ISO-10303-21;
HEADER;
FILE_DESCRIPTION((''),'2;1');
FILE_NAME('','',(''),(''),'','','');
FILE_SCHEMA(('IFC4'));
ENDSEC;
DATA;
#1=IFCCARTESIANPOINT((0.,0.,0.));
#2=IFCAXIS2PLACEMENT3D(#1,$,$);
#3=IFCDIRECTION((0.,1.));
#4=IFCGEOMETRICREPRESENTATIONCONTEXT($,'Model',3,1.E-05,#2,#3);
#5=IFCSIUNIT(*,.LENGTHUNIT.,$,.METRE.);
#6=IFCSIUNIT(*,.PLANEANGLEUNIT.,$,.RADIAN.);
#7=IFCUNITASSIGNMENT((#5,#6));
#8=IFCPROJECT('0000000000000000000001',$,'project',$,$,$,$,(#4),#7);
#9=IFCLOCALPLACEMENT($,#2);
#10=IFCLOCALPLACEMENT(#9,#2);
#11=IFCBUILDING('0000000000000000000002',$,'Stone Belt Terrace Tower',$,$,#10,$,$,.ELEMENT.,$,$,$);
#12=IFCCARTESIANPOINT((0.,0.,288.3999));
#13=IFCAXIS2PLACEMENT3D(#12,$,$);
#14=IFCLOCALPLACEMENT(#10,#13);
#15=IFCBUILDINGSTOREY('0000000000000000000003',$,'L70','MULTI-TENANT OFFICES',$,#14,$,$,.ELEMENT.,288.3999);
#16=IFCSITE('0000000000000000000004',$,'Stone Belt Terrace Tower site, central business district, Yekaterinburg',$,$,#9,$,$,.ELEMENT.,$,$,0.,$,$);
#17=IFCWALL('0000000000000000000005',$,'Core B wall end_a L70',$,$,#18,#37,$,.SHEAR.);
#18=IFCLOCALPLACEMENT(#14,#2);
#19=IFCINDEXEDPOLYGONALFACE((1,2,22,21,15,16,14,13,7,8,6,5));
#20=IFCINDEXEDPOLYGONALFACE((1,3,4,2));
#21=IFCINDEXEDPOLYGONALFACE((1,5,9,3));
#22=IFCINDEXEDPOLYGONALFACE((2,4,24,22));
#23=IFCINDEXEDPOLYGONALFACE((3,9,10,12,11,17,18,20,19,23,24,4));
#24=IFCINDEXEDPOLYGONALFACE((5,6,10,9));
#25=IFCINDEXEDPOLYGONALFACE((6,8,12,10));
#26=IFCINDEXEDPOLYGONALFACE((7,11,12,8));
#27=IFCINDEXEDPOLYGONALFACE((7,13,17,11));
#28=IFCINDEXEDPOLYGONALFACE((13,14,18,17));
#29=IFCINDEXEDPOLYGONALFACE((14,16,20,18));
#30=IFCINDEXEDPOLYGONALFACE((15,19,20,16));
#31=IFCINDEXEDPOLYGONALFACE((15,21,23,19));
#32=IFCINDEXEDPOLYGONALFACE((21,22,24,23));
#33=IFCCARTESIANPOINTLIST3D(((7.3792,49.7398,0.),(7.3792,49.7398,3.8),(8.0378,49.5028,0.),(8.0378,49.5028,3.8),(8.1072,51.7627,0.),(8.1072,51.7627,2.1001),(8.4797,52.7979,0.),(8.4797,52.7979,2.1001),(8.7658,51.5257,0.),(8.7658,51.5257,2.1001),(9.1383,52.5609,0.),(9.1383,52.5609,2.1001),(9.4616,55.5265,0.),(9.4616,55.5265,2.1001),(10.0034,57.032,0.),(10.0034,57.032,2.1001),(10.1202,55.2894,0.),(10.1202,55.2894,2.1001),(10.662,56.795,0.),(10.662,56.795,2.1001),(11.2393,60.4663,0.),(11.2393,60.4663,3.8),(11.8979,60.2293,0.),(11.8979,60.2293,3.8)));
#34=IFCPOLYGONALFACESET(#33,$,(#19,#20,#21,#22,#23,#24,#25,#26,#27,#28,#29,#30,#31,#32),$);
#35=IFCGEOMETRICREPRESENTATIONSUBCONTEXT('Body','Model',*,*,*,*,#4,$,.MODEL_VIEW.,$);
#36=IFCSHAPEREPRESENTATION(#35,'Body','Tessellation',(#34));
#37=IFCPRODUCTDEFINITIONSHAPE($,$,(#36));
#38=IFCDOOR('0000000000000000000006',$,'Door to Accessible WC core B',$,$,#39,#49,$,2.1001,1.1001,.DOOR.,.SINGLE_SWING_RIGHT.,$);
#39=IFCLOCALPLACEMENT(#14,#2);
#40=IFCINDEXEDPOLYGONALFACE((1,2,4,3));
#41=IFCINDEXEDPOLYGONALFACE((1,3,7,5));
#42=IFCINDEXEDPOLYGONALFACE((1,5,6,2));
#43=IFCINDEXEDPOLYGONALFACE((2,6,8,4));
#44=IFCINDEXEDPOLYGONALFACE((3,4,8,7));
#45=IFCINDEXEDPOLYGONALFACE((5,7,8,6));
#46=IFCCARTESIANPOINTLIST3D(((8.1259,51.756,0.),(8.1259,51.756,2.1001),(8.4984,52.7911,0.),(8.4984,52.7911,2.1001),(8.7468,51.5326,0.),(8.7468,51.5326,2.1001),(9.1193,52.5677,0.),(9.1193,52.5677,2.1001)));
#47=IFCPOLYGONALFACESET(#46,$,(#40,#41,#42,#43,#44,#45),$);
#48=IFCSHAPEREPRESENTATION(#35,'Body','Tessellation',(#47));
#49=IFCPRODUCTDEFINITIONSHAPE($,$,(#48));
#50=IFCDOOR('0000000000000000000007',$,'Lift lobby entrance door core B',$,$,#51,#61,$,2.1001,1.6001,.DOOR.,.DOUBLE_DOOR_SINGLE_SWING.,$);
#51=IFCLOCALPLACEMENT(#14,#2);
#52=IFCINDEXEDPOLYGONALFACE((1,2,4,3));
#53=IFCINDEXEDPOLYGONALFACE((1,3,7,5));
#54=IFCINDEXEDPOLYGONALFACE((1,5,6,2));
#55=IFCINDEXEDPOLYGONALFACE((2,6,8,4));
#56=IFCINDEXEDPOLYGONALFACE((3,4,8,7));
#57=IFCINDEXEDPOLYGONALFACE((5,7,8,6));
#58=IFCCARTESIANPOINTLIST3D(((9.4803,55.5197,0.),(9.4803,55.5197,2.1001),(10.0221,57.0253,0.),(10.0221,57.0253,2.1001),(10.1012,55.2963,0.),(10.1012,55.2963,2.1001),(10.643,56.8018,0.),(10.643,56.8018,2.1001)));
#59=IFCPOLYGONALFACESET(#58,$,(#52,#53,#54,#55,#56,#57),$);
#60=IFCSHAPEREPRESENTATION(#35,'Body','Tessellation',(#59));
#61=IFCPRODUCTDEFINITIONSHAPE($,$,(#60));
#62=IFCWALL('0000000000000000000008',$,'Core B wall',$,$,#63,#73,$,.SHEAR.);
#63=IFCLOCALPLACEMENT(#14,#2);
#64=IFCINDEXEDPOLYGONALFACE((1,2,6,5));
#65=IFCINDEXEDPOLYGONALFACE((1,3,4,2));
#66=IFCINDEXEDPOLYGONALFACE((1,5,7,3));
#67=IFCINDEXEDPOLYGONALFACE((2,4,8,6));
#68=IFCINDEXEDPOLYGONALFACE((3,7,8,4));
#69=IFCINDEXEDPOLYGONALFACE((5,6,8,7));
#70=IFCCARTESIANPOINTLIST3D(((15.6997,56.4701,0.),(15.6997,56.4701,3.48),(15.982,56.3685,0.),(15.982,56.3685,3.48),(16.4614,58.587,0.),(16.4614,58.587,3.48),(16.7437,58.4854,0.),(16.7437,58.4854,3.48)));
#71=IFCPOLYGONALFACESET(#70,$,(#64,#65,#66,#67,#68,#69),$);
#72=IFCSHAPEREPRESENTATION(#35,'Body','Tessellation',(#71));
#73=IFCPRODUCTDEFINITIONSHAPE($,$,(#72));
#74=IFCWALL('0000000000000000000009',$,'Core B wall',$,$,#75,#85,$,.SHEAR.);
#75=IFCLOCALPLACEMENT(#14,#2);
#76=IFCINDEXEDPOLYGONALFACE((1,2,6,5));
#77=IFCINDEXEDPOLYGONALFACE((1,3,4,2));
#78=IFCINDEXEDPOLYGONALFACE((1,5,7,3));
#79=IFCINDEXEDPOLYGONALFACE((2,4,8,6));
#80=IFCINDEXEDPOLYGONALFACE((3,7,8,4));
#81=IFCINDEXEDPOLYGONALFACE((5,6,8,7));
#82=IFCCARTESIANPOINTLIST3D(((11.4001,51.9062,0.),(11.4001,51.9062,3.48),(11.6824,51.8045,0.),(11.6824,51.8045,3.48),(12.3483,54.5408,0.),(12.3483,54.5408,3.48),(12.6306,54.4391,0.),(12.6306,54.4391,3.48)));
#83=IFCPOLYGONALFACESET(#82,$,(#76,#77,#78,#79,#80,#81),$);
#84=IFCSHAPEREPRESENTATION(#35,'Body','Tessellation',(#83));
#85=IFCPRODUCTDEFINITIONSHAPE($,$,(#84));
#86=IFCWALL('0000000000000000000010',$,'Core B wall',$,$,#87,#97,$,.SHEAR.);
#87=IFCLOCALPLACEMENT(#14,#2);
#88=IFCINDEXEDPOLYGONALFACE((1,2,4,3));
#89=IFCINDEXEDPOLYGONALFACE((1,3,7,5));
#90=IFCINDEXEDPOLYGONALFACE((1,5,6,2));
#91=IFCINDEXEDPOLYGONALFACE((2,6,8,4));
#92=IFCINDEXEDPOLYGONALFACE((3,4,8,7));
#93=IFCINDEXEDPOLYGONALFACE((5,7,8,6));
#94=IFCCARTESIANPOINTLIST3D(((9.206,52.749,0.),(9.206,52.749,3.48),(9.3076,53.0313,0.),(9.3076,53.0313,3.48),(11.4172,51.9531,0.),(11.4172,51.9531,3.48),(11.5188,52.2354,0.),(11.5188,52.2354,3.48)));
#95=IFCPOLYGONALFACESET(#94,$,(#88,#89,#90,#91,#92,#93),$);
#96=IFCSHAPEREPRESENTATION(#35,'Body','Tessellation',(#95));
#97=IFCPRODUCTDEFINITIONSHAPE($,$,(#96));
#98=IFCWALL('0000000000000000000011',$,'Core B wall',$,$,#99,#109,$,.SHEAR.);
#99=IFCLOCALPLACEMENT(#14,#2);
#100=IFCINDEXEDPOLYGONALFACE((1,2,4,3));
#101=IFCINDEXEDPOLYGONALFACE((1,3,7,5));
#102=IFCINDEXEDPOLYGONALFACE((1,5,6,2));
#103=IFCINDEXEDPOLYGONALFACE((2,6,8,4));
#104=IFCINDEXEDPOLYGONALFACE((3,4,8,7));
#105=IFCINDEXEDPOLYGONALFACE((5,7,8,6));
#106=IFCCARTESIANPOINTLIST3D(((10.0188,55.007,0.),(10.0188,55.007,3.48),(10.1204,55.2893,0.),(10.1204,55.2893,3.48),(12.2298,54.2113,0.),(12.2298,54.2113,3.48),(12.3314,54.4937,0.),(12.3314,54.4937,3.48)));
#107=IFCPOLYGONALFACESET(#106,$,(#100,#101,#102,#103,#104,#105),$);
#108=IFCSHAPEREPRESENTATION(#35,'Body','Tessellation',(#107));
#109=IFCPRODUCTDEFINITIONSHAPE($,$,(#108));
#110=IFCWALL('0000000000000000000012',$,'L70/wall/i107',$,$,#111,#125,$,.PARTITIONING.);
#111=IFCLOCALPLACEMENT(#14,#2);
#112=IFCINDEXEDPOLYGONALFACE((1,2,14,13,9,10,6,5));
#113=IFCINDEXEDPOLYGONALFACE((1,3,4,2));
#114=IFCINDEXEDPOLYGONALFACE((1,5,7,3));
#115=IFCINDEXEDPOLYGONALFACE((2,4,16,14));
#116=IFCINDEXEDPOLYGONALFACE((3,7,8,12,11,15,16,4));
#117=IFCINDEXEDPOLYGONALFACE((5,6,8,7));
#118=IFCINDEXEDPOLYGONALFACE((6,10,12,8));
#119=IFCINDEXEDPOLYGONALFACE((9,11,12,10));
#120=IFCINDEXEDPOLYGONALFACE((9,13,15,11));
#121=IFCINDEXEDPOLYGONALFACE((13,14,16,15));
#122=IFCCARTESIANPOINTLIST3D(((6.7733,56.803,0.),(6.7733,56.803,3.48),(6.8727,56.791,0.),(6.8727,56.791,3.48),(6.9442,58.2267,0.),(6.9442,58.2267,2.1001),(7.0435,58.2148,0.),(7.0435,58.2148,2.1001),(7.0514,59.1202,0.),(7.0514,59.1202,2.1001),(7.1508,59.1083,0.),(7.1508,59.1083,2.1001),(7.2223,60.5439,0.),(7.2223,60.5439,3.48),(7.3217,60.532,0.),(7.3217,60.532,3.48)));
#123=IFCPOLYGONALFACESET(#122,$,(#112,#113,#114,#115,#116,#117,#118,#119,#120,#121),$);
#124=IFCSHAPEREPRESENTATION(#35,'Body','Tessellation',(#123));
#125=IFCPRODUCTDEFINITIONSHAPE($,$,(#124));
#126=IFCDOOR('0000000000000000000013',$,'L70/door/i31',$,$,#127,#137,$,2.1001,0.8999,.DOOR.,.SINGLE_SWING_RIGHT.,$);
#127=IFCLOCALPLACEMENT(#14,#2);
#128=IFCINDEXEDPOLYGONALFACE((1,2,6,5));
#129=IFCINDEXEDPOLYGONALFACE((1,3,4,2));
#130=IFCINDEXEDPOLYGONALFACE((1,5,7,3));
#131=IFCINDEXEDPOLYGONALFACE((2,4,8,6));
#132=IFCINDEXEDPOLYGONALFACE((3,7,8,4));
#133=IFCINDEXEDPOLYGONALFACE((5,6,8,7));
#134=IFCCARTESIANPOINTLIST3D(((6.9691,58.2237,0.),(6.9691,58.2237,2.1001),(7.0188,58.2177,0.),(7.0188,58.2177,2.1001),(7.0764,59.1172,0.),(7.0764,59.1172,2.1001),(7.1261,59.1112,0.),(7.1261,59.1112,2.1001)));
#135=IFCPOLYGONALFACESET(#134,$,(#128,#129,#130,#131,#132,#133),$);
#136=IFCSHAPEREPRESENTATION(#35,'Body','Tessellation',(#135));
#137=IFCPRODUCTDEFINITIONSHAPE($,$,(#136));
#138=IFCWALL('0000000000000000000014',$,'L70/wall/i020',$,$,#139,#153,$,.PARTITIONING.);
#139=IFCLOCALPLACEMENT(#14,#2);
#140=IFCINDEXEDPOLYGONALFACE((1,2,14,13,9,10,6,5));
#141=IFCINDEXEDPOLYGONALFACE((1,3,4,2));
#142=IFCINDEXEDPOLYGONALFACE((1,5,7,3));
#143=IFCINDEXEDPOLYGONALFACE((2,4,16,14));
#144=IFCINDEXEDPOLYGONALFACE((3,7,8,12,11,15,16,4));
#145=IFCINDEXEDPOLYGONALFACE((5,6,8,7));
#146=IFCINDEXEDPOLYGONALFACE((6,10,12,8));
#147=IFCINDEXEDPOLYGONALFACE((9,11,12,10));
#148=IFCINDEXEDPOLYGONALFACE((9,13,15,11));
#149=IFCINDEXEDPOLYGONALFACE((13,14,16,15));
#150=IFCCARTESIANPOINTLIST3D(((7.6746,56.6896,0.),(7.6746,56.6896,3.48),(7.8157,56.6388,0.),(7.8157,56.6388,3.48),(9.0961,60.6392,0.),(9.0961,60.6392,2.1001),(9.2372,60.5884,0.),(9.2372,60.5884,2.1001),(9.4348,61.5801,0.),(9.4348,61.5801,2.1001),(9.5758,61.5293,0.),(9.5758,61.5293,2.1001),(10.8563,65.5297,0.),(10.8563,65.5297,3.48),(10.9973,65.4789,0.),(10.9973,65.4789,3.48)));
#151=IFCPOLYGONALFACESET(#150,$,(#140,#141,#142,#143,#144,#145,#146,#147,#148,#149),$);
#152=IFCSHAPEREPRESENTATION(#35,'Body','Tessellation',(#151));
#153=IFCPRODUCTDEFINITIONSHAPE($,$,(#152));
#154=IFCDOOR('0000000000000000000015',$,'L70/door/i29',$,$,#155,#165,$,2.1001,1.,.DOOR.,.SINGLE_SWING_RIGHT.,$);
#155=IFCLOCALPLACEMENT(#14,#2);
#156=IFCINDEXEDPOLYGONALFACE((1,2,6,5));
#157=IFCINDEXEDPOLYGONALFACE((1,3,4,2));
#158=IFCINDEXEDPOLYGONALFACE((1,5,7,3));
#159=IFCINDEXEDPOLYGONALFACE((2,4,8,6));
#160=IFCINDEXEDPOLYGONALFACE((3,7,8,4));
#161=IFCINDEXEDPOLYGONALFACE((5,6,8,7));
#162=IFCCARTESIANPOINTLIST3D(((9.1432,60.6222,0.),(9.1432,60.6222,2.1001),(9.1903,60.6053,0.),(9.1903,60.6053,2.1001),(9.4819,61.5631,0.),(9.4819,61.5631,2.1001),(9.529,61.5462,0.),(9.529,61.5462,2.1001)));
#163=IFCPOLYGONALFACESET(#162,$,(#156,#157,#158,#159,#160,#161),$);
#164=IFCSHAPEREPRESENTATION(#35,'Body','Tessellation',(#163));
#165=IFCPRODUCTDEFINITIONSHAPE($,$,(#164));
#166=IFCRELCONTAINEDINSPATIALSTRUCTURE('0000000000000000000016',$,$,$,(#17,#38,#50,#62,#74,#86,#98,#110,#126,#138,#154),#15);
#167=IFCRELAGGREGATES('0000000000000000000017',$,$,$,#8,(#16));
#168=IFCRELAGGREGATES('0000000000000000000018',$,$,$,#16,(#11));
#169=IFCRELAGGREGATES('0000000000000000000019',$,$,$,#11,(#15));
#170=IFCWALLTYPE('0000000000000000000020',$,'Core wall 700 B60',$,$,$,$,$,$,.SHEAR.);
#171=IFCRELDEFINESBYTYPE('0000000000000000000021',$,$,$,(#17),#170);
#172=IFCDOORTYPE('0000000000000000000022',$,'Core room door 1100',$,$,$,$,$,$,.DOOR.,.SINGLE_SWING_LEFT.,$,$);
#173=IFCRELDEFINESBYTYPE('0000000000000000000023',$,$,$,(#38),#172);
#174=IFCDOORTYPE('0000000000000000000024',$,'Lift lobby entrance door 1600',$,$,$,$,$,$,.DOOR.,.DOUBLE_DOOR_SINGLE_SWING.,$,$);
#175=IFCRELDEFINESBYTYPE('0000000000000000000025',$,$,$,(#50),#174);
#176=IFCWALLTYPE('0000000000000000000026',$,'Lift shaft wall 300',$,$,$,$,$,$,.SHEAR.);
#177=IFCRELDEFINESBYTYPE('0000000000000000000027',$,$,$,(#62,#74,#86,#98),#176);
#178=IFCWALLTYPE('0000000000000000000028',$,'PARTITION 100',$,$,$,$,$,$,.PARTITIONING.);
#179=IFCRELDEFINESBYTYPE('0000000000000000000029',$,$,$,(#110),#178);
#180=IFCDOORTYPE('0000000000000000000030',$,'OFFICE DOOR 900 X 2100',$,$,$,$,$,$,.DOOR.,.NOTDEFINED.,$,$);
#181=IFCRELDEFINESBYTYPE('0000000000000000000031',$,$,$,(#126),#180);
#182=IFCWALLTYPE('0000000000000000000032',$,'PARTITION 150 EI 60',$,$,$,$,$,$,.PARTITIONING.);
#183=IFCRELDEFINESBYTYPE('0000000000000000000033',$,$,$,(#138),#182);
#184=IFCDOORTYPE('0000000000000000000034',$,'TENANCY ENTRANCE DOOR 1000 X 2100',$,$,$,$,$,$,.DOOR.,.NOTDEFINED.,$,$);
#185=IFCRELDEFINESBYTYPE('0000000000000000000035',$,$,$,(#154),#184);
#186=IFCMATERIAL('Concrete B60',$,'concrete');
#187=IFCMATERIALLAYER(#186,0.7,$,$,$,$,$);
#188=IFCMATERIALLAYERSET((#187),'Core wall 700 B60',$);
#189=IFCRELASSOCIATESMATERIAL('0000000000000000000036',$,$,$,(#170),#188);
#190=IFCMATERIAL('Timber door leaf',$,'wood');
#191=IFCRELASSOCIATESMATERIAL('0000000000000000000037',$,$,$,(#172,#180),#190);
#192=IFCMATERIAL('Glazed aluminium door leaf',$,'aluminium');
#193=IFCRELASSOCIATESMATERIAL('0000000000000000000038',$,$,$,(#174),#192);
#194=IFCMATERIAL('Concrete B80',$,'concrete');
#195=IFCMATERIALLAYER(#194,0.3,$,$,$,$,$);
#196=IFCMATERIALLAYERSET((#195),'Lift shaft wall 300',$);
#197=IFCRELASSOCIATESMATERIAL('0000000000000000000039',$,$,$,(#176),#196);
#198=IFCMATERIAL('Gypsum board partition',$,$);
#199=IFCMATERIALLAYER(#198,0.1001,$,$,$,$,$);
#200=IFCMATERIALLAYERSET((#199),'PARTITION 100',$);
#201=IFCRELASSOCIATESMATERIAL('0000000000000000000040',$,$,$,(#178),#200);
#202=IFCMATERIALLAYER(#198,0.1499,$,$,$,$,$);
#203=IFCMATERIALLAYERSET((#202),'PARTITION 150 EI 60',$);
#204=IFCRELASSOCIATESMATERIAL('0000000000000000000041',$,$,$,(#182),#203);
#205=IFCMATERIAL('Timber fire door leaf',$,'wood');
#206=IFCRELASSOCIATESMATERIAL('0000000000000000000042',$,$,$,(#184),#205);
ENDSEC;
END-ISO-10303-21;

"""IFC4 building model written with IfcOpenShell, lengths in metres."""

from ifc_helpers import new_model, si_unit, direction, frame, frame_2d, origin, place, context, subcontext, project, spatial, rectangle, extrude, material, layer, layer_set, type_object, element, fill, save


model = new_model("IFC4")

# Units and contexts
model_context = context("Model", 3, precision=1e-05, world=origin(), true_north=direction((0.0, 1.0)))
body_context = subcontext(model_context, "Body", "Model", "MODEL_VIEW")
ifc_project = project(units=[si_unit("LENGTHUNIT", "METRE"), si_unit("PLANEANGLEUNIT", "RADIAN")], contexts=[model_context])

# Site, building, storey
site_placement = place(None, origin())
site = spatial("IfcSite", under=ifc_project, at=site_placement, Name="Stone Belt Terrace Tower site, central business district, Yekaterinburg", CompositionType="ELEMENT", RefElevation=0.0)
building_placement = place(site_placement, origin())
building = spatial("IfcBuilding", under=site, at=building_placement, Name="Stone Belt Terrace Tower", CompositionType="ELEMENT")
storey_placement = place(building_placement, frame((0.0, 0.0, 288.3999)))
storey = spatial("IfcBuildingStorey", under=building, at=storey_placement, Name="L70", Description="MULTI-TENANT OFFICES", CompositionType="ELEMENT", Elevation=288.3999)

# Shared definitions
ifc_material_1 = material(Name="Concrete B60", Category="concrete")

# Shared definitions
ifc_material_2 = material(Name="Timber door leaf", Category="wood")

# Wall, openings, doors
ifc_layer_1 = layer(ifc_material_1, 0.7)
ifc_layer_set_1 = layer_set([ifc_layer_1], Name="Core wall 700 B60")
wall_type_1 = type_object("IfcWallType", Name="Core wall 700 B60", PredefinedType="SHEAR", material=ifc_layer_set_1)
door_type_1 = type_object("IfcDoorType", Name="Core room door 1100", OperationType="SINGLE_SWING_LEFT", PredefinedType="DOOR", material=ifc_material_2)
wall_1_placement = place(storey_placement, frame((7.7085, 49.6213, 0.0), z_axis=(0.0, 0.0, 1.0), x_axis=(0.338606, 0.940928, 0.0)))
wall_1 = element("IfcWall", 1, at=wall_1_placement, inside=storey, type_object=wall_type_1, Name="Core B wall end_a L70", PredefinedType="SHEAR", context=body_context, shape_type="SweptSolid", body=[
    extrude(rectangle(XDim=11.3999, YDim=0.7, at=frame_2d((5.7, 0.0))), origin(), (0.0, 0.0, 1.0), 3.8),
])
opening_1_placement = place(wall_1_placement, frame((6.1499, 0.0, 0.0)))
opening_1 = element("IfcOpeningElement", 2, at=opening_1_placement, cuts=wall_1, PredefinedType="OPENING", context=body_context, shape_type="SweptSolid", body=[
    extrude(rectangle(XDim=1.6001, YDim=2.1001, at=frame_2d((0.8, 1.05))), frame((0.0, 0.3599, 0.0), z_axis=(0.0, -1.0, 0.0), x_axis=(1.0, 0.0, 0.0)), (0.0, 0.0, 1.0), 0.72),
])
opening_2_placement = place(wall_1_placement, frame((2.1499, 0.0, 0.0)))
opening_2 = element("IfcOpeningElement", 3, at=opening_2_placement, cuts=wall_1, PredefinedType="OPENING", context=body_context, shape_type="SweptSolid", body=[
    extrude(rectangle(XDim=1.1001, YDim=2.1001, at=frame_2d((0.55, 1.05))), frame((0.0, 0.3599, 0.0), z_axis=(0.0, -1.0, 0.0), x_axis=(1.0, 0.0, 0.0)), (0.0, 0.0, 1.0), 0.72),
])
door_1_placement = place(opening_2_placement, origin())
door_1 = element("IfcDoor", 4, at=door_1_placement, inside=storey, type_object=door_type_1, Name="Door to Accessible WC core B", OperationType="SINGLE_SWING_RIGHT", OverallHeight=2.1001, OverallWidth=1.1001, PredefinedType="DOOR", context=body_context, shape_type="SweptSolid", body=[
    extrude(rectangle(XDim=1.1001, YDim=2.1001, at=frame_2d((0.55, 1.05))), frame((0.0, 0.3301, 0.0), z_axis=(0.0, -1.0, 0.0), x_axis=(1.0, 0.0, 0.0)), (0.0, 0.0, 1.0), 0.6599),
])
fill(opening_2, door_1)
ifc_material_3 = material(Name="Glazed aluminium door leaf", Category="aluminium")
door_type_2 = type_object("IfcDoorType", Name="Lift lobby entrance door 1600", OperationType="DOUBLE_DOOR_SINGLE_SWING", PredefinedType="DOOR", material=ifc_material_3)
door_2_placement = place(opening_1_placement, origin())
door_2 = element("IfcDoor", 5, at=door_2_placement, inside=storey, type_object=door_type_2, Name="Lift lobby entrance door core B", OperationType="DOUBLE_DOOR_SINGLE_SWING", OverallHeight=2.1001, OverallWidth=1.6001, PredefinedType="DOOR", context=body_context, shape_type="SweptSolid", body=[
    extrude(rectangle(XDim=1.6001, YDim=2.1001, at=frame_2d((0.8, 1.05))), frame((0.0, 0.3301, 0.0), z_axis=(0.0, -1.0, 0.0), x_axis=(1.0, 0.0, 0.0)), (0.0, 0.0, 1.0), 0.6599),
])
fill(opening_1, door_2)

# Walls
ifc_material_4 = material(Name="Concrete B80", Category="concrete")
ifc_layer_2 = layer(ifc_material_4, 0.3)
ifc_layer_set_2 = layer_set([ifc_layer_2], Name="Lift shaft wall 300")
wall_type_2 = type_object("IfcWallType", Name="Lift shaft wall 300", PredefinedType="SHEAR", material=ifc_layer_set_2)
wall_2_placement = place(storey_placement, frame((15.8408, 56.4192, 0.0), z_axis=(0.0, 0.0, 1.0), x_axis=(0.33857, 0.940941, 0.0)))
element("IfcWall", 6, at=wall_2_placement, inside=storey, type_object=wall_type_2, Name="Core B wall", PredefinedType="SHEAR", context=body_context, shape_type="SweptSolid", body=[
    extrude(rectangle(XDim=2.2498, YDim=0.3, at=frame_2d((1.125, 0.0))), origin(), (0.0, 0.0, 1.0), 3.48),
])
wall_3_placement = place(storey_placement, frame((11.5413, 51.8555, 0.0), z_axis=(0.0, 0.0, 1.0), x_axis=(0.338661, 0.940909, 0.0)))
element("IfcWall", 7, at=wall_3_placement, inside=storey, type_object=wall_type_2, Name="Core B wall", PredefinedType="SHEAR", context=body_context, shape_type="SweptSolid", body=[
    extrude(rectangle(XDim=2.8, YDim=0.3, at=frame_2d((1.3999, 0.0))), origin(), (0.0, 0.0, 1.0), 3.48),
])
wall_4_placement = place(storey_placement, frame((11.468, 52.0942, 0.0), z_axis=(0.0, 0.0, 1.0), x_axis=(-0.940905, 0.338672, 0.0)))
element("IfcWall", 8, at=wall_4_placement, inside=storey, type_object=wall_type_2, Name="Core B wall", PredefinedType="SHEAR", context=body_context, shape_type="SweptSolid", body=[
    extrude(rectangle(XDim=2.3501, YDim=0.3, at=frame_2d((1.175, 0.0))), origin(), (0.0, 0.0, 1.0), 3.48),
])
wall_5_placement = place(storey_placement, frame((12.2805, 54.3525, 0.0), z_axis=(0.0, 0.0, 1.0), x_axis=(-0.940926, 0.338613, 0.0)))
element("IfcWall", 9, at=wall_5_placement, inside=storey, type_object=wall_type_2, Name="Core B wall", PredefinedType="SHEAR", context=body_context, shape_type="SweptSolid", body=[
    extrude(rectangle(XDim=2.3499, YDim=0.3, at=frame_2d((1.1748, 0.0))), origin(), (0.0, 0.0, 1.0), 3.48),
])

# Walls, openings, doors
ifc_material_5 = material(Name="Gypsum board partition")
ifc_layer_3 = layer(ifc_material_5, 0.1001)
ifc_layer_set_3 = layer_set([ifc_layer_3], Name="PARTITION 100")
wall_type_3 = type_object("IfcWallType", Name="PARTITION 100", PredefinedType="PARTITIONING", material=ifc_layer_set_3)
wall_6_placement = place(storey_placement, frame((6.823, 56.7971, 0.0), z_axis=(0.0, 0.0, 1.0), x_axis=(0.119161, 0.992875, 0.0)))
wall_6 = element("IfcWall", 10, at=wall_6_placement, inside=storey, type_object=wall_type_3, Name="L70/wall/i107", PredefinedType="PARTITIONING", context=body_context, shape_type="SweptSolid", body=[
    extrude(rectangle(XDim=3.7678, YDim=0.1001, at=frame_2d((1.8838, 0.0))), origin(), (0.0, 0.0, 1.0), 3.48),
])
opening_3_placement = place(wall_6_placement, frame((1.4338, 0.0, 0.0)))
opening_3 = element("IfcOpeningElement", 11, at=opening_3_placement, cuts=wall_6, PredefinedType="OPENING", context=body_context, shape_type="SweptSolid", body=[
    extrude(rectangle(XDim=0.8999, YDim=2.1001, at=frame_2d((0.45, 1.05))), frame((0.0, 0.0601, 0.0), z_axis=(0.0, -1.0, 0.0), x_axis=(1.0, 0.0, 0.0)), (0.0, 0.0, 1.0), 0.1201),
])
door_type_3 = type_object("IfcDoorType", Name="OFFICE DOOR 900 X 2100", OperationType="NOTDEFINED", PredefinedType="DOOR", material=ifc_material_2)
door_3_placement = place(opening_3_placement, origin())
door_3 = element("IfcDoor", 12, at=door_3_placement, inside=storey, type_object=door_type_3, Name="L70/door/i31", OperationType="SINGLE_SWING_RIGHT", OverallHeight=2.1001, OverallWidth=0.8999, PredefinedType="DOOR", context=body_context, shape_type="SweptSolid", body=[
    extrude(rectangle(XDim=0.8999, YDim=2.1001, at=frame_2d((0.45, 1.05))), frame((0.0, 0.0249, 0.0), z_axis=(0.0, -1.0, 0.0), x_axis=(1.0, 0.0, 0.0)), (0.0, 0.0, 1.0), 0.05),
])
fill(opening_3, door_3)
ifc_layer_4 = layer(ifc_material_5, 0.1499)
ifc_layer_set_4 = layer_set([ifc_layer_4], Name="PARTITION 150 EI 60")
wall_type_4 = type_object("IfcWallType", Name="PARTITION 150 EI 60", PredefinedType="PARTITIONING", material=ifc_layer_set_4)
wall_7_placement = place(storey_placement, frame((7.7451, 56.6641, 0.0), z_axis=(0.0, 0.0, 1.0), x_axis=(0.338645, 0.940914, 0.0)))
wall_7 = element("IfcWall", 13, at=wall_7_placement, inside=storey, type_object=wall_type_4, Name="L70/wall/i020", PredefinedType="PARTITIONING", context=body_context, shape_type="SweptSolid", body=[
    extrude(rectangle(XDim=9.3953, YDim=0.1499, at=frame_2d((4.6978, 0.0))), origin(), (0.0, 0.0, 1.0), 3.48),
])
opening_4_placement = place(wall_7_placement, frame((4.1978, 0.0, 0.0)))
opening_4 = element("IfcOpeningElement", 14, at=opening_4_placement, cuts=wall_7, PredefinedType="OPENING", context=body_context, shape_type="SweptSolid", body=[
    extrude(rectangle(XDim=1.0, YDim=2.1001, at=frame_2d((0.5, 1.05))), frame((0.0, 0.085, 0.0), z_axis=(0.0, -1.0, 0.0), x_axis=(1.0, 0.0, 0.0)), (0.0, 0.0, 1.0), 0.1699),
])
ifc_material_6 = material(Name="Timber fire door leaf", Category="wood")
door_type_4 = type_object("IfcDoorType", Name="TENANCY ENTRANCE DOOR 1000 X 2100", OperationType="NOTDEFINED", PredefinedType="DOOR", material=ifc_material_6)
door_4_placement = place(opening_4_placement, origin())
door_4 = element("IfcDoor", 15, at=door_4_placement, inside=storey, type_object=door_type_4, Name="L70/door/i29", OperationType="SINGLE_SWING_RIGHT", OverallHeight=2.1001, OverallWidth=1.0, PredefinedType="DOOR", context=body_context, shape_type="SweptSolid", body=[
    extrude(rectangle(XDim=1.0, YDim=2.1001, at=frame_2d((0.5, 1.05))), frame((0.0, 0.0249, 0.0), z_axis=(0.0, -1.0, 0.0), x_axis=(1.0, 0.0, 0.0)), (0.0, 0.0, 1.0), 0.05),
])
fill(opening_4, door_4)

save(model, "model.ifc")
